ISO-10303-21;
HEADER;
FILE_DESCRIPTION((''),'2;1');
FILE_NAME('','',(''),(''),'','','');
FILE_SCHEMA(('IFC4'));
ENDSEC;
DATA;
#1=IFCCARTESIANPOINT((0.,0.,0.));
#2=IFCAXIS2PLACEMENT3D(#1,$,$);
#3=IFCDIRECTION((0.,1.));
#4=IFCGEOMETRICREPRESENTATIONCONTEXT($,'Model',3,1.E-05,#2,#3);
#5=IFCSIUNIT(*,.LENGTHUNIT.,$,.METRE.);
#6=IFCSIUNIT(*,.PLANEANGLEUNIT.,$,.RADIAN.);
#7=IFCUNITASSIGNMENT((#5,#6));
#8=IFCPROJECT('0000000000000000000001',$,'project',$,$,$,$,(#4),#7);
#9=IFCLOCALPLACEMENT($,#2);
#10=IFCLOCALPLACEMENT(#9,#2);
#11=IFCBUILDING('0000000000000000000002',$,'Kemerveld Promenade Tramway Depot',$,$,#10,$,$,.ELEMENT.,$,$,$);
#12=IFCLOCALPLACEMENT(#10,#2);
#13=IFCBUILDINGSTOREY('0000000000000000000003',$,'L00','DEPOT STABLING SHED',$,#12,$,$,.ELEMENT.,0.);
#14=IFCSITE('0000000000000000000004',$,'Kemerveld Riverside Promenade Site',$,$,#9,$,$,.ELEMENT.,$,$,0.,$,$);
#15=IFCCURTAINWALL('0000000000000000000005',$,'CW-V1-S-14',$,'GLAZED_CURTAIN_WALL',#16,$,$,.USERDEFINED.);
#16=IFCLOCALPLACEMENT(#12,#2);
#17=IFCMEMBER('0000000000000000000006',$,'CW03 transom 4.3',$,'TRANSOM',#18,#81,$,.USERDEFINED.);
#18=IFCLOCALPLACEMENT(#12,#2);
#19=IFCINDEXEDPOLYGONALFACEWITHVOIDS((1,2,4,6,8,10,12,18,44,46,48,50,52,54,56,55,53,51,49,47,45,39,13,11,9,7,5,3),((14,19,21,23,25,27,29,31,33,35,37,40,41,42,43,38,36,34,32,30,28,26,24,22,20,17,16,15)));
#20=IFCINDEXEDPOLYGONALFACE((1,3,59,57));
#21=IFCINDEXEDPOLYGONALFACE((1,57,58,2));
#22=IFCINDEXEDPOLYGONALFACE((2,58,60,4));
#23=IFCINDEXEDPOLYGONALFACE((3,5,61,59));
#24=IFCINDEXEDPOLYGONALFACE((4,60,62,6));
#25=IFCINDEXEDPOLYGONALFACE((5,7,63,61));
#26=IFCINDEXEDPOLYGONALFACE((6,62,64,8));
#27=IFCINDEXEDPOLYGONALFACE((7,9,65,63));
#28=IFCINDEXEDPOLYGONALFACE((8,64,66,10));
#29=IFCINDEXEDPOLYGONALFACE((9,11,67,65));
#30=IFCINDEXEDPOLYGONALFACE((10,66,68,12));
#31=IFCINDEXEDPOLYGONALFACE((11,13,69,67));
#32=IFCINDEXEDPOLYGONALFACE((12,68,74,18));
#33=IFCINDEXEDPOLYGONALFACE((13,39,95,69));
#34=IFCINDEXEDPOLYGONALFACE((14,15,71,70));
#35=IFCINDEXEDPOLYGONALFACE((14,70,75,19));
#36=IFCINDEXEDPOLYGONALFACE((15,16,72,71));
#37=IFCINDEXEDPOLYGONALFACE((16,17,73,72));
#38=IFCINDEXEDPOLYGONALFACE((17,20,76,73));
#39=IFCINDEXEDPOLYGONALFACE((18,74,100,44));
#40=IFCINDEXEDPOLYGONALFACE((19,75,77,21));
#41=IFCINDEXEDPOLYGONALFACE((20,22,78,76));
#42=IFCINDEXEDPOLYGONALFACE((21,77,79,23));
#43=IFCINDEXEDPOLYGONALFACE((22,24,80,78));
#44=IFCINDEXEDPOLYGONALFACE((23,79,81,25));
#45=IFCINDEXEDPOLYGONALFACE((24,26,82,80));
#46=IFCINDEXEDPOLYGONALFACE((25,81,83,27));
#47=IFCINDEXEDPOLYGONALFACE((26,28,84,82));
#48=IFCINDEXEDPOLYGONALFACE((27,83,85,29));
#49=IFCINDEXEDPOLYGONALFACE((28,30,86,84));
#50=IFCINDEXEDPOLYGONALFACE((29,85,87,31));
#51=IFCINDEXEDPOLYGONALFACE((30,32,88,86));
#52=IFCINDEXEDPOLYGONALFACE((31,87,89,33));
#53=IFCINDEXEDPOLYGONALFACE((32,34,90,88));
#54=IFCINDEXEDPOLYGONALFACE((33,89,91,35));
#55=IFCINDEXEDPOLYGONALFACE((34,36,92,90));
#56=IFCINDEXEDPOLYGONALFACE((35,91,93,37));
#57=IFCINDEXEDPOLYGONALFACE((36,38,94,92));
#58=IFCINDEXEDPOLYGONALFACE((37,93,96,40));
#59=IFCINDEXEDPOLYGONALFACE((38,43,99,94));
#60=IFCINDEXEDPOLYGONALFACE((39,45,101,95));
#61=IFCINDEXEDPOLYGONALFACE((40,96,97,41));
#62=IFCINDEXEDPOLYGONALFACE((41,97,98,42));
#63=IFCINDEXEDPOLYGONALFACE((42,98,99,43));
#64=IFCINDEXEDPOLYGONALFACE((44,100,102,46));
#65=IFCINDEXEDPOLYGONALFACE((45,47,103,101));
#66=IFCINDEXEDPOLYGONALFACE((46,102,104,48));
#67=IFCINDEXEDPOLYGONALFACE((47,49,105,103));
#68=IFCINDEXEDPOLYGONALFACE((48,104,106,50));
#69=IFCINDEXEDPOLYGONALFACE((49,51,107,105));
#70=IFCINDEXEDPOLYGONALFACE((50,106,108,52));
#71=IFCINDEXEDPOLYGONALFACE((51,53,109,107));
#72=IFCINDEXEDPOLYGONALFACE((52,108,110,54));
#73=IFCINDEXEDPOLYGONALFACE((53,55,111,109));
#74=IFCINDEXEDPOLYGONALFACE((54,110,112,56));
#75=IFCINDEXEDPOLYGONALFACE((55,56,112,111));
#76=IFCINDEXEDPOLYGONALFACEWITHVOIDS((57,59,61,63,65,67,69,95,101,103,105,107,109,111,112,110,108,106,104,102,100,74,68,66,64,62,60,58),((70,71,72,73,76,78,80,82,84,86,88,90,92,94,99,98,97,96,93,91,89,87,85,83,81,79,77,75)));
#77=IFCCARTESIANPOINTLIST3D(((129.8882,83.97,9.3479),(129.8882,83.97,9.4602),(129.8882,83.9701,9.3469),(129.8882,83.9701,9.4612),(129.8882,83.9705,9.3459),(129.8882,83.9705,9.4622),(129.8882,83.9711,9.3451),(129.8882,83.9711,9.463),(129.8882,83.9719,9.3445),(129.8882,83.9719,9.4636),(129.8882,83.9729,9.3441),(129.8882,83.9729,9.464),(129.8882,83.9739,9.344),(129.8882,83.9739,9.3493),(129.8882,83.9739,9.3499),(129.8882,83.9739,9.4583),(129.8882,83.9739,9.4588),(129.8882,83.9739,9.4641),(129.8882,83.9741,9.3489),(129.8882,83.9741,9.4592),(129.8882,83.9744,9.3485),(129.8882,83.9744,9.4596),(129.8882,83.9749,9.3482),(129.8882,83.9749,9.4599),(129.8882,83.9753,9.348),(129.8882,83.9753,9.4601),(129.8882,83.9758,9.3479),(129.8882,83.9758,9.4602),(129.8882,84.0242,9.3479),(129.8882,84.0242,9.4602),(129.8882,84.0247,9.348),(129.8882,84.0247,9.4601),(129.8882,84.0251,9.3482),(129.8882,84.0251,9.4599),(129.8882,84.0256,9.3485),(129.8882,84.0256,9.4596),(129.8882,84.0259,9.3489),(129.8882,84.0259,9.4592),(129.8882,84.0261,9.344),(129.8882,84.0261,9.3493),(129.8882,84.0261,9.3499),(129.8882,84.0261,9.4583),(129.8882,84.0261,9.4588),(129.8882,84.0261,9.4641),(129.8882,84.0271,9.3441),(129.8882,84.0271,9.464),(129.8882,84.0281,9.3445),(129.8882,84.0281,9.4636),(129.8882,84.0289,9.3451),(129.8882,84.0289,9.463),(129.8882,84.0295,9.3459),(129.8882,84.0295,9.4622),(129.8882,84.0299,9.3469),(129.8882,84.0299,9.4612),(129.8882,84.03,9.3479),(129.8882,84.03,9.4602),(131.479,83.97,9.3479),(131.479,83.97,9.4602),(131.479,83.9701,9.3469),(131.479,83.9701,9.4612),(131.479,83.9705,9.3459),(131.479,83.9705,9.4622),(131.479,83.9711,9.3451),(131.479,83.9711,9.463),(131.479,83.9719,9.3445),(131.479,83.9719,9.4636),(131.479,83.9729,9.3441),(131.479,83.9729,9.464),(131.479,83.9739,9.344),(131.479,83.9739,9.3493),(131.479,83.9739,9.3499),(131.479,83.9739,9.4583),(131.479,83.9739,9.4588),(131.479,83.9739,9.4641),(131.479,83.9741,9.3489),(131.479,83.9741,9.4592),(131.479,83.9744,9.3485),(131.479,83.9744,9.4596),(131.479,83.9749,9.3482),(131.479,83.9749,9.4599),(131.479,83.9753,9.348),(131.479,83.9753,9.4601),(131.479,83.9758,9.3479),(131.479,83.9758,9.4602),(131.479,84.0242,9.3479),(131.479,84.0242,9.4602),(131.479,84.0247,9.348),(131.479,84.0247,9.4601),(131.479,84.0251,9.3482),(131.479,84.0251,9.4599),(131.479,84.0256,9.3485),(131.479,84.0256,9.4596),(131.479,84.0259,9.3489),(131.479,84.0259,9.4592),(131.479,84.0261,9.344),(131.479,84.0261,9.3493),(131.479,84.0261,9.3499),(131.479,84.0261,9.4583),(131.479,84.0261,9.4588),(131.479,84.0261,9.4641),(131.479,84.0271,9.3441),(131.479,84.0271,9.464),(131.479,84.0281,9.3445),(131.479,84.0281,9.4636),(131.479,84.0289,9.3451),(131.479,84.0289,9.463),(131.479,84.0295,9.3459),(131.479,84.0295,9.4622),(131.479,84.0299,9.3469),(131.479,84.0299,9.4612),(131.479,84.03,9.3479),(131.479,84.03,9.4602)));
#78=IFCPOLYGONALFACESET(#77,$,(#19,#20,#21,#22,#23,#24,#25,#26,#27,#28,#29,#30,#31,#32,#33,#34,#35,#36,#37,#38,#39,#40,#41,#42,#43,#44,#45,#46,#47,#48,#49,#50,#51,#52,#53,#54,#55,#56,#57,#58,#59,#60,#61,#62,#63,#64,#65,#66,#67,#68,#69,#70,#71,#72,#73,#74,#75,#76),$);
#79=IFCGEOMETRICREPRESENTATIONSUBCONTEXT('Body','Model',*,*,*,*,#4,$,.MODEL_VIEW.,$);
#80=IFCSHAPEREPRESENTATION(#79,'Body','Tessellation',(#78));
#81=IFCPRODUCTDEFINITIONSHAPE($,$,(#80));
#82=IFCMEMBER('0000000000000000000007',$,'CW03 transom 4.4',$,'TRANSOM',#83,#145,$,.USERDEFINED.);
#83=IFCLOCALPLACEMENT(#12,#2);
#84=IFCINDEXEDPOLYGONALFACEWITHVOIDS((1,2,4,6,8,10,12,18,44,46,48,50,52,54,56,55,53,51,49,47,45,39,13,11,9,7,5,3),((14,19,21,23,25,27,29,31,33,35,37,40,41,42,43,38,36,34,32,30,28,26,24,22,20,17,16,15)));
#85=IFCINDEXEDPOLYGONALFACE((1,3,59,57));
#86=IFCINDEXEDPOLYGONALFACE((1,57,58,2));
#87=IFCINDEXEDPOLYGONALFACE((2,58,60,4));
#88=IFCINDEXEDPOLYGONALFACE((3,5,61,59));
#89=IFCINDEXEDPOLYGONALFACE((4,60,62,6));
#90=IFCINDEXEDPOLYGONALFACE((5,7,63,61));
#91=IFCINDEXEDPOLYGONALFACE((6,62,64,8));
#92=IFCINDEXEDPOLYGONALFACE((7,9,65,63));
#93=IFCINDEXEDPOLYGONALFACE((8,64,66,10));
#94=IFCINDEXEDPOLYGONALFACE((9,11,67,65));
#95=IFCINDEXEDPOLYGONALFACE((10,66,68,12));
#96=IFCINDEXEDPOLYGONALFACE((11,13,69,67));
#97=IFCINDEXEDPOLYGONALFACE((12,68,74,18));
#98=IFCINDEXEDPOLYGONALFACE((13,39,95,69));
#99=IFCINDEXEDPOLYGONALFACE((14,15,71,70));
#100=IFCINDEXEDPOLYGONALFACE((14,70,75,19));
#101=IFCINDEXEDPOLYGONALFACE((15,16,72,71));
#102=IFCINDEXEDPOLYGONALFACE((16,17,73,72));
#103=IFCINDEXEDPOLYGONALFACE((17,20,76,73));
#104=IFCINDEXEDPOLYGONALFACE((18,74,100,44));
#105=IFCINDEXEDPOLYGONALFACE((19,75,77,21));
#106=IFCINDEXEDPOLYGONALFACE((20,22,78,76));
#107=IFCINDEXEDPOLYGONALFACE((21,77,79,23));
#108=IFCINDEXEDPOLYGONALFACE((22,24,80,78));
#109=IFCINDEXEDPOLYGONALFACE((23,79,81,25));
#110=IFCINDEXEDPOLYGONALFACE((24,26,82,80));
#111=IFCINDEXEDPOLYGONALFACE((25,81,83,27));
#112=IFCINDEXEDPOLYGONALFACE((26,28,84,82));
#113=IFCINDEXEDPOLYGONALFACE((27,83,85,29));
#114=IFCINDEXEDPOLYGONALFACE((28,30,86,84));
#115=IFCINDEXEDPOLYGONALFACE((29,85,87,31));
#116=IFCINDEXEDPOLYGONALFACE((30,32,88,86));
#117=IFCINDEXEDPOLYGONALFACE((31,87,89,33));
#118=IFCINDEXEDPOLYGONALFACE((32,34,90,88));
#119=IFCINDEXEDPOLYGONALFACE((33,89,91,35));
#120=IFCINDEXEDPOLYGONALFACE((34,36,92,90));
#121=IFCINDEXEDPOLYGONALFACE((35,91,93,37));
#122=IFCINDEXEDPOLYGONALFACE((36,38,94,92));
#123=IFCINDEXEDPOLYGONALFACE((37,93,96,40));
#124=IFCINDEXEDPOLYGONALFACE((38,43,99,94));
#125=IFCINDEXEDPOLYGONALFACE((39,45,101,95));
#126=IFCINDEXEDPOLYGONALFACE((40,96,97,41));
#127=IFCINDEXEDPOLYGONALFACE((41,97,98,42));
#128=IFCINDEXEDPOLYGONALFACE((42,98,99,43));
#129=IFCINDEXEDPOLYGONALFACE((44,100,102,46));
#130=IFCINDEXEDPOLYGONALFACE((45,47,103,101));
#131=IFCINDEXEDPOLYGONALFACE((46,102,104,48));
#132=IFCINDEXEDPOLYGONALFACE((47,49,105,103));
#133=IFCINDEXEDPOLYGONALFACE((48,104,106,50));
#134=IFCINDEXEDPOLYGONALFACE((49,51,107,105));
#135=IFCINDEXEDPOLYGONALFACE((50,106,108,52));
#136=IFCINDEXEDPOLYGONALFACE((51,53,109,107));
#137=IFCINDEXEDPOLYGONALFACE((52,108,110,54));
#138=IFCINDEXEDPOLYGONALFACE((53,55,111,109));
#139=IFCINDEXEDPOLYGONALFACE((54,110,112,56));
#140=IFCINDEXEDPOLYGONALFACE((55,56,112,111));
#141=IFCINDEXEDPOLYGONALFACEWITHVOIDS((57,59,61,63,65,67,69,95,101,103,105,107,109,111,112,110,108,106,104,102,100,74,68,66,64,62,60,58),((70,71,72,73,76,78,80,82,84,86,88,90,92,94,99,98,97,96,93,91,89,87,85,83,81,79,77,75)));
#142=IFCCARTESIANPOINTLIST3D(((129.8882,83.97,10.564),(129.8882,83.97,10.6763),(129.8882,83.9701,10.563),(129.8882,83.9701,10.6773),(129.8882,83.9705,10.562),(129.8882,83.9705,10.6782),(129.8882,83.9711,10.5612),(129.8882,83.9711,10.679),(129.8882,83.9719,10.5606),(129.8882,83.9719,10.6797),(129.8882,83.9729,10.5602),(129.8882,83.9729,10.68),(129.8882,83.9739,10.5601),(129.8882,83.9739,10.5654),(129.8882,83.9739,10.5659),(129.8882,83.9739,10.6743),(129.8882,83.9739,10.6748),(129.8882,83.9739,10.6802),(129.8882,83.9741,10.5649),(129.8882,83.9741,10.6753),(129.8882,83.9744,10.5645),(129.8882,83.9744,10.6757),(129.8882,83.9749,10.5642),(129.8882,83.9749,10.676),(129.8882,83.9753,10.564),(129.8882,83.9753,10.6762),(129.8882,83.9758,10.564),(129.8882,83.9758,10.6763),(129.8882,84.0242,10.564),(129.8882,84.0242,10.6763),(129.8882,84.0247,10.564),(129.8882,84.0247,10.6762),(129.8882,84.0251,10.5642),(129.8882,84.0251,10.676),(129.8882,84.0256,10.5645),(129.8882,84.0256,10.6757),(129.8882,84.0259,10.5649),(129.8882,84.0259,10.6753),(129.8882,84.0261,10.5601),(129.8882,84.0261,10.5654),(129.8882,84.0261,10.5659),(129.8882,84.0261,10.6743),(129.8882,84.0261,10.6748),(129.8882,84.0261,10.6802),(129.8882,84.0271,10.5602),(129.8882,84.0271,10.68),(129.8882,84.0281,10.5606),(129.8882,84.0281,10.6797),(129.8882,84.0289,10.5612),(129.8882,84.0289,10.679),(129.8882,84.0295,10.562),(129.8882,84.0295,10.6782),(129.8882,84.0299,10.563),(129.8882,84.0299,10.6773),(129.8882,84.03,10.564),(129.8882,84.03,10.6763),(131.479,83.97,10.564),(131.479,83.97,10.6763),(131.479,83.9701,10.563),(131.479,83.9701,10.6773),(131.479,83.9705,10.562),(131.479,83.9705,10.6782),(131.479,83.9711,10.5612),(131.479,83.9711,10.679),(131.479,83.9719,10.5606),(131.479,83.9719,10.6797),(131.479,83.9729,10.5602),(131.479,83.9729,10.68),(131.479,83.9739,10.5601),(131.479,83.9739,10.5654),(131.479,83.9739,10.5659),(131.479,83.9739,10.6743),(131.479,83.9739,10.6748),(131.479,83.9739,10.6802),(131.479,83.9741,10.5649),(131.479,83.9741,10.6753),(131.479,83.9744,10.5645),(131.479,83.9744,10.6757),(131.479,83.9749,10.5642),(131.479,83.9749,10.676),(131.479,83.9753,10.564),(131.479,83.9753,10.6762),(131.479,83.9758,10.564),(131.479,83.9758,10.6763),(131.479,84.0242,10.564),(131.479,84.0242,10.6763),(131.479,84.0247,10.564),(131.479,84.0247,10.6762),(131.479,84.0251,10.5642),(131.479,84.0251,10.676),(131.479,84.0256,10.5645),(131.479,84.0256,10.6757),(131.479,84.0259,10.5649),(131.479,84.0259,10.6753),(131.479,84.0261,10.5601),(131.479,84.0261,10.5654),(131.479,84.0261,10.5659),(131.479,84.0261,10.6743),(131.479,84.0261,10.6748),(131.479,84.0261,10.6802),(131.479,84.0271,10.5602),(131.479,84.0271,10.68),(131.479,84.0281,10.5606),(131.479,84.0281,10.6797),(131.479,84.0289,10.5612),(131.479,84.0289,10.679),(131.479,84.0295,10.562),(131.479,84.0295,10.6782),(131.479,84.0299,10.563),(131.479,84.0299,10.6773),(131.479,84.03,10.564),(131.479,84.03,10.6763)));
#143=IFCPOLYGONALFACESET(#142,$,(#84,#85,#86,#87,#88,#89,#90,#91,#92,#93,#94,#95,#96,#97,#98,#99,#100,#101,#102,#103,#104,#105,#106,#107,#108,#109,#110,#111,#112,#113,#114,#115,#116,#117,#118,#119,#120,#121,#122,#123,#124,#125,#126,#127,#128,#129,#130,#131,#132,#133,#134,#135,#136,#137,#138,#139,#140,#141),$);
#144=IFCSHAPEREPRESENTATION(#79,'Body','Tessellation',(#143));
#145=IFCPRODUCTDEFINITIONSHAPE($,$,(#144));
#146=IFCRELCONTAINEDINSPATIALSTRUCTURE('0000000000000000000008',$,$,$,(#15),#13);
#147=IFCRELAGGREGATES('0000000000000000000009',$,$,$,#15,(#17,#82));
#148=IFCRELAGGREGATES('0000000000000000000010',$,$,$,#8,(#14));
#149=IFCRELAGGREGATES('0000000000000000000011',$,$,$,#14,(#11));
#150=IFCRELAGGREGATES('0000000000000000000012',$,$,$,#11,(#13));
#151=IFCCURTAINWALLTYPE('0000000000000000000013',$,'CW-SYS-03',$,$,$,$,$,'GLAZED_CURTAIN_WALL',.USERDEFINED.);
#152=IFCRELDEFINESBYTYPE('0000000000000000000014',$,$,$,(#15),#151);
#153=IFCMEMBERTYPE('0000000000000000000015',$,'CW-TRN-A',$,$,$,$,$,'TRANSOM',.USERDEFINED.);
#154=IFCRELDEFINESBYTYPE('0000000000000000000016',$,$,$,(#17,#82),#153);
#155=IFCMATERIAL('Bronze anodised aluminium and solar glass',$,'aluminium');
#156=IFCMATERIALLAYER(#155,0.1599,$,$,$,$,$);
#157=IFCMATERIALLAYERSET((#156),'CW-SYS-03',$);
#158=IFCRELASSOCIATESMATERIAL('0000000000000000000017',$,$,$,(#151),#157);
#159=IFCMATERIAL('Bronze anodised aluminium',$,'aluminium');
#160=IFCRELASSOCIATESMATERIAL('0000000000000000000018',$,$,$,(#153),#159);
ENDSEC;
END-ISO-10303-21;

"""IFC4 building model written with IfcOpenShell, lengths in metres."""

from ifc_helpers import new_model, si_unit, direction, frame, origin, origin_2d, place, context, subcontext, project, spatial, hollow_rectangle, extrude, material, layer, layer_set, material_profile, profile_set, type_object, element, aggregate, save


model = new_model("IFC4")

# Units and contexts
model_context = context("Model", 3, precision=1e-05, world=origin(), true_north=direction((0.0, 1.0)))
body_context = subcontext(model_context, "Body", "Model", "MODEL_VIEW")
ifc_project = project(units=[si_unit("LENGTHUNIT", "METRE"), si_unit("PLANEANGLEUNIT", "RADIAN")], contexts=[model_context])

# Site, building, storey
site_placement = place(None, origin())
site = spatial("IfcSite", under=ifc_project, at=site_placement, Name="Kemerveld Riverside Promenade Site", CompositionType="ELEMENT", RefElevation=0.0)
building_placement = place(site_placement, origin())
building = spatial("IfcBuilding", under=site, at=building_placement, Name="Kemerveld Promenade Tramway Depot", CompositionType="ELEMENT")
storey_placement = place(building_placement, origin())
storey = spatial("IfcBuildingStorey", under=building, at=storey_placement, Name="L00", Description="DEPOT STABLING SHED", CompositionType="ELEMENT", Elevation=0.0)

# Curtain wall, members
ifc_material_1 = material(Name="Bronze anodised aluminium and solar glass", Category="aluminium")
ifc_layer_1 = layer(ifc_material_1, 0.1599)
ifc_layer_set_1 = layer_set([ifc_layer_1], Name="CW-SYS-03")
curtain_wall_type_1 = type_object("IfcCurtainWallType", Name="CW-SYS-03", ElementType="GLAZED_CURTAIN_WALL", PredefinedType="USERDEFINED", material=ifc_layer_set_1)
curtain_wall_1_placement = place(storey_placement, origin())
curtain_wall_1 = element("IfcCurtainWall", 1, at=curtain_wall_1_placement, inside=storey, type_object=curtain_wall_type_1, Name="CW-V1-S-14", ObjectType="GLAZED_CURTAIN_WALL", PredefinedType="USERDEFINED")
ifc_material_2 = material(Name="Bronze anodised aluminium", Category="aluminium")
ifc_material_profile_1 = material_profile(ifc_material_2, hollow_rectangle(XDim=0.0601, YDim=0.1201, WallThickness=0.0039, InnerFilletRadius=0.002, OuterFilletRadius=0.0039, at=origin_2d()), Name="CW-TRN-120x60")
ifc_profile_set_1 = profile_set([ifc_material_profile_1], Name="Bronze anodised aluminium")
member_type_1 = type_object("IfcMemberType", Name="CW-TRN-A", ElementType="TRANSOM", PredefinedType="USERDEFINED", material=ifc_profile_set_1)
member_1_placement = place(storey_placement, frame((131.479, 84.0, 9.4041), z_axis=(-1.0, 0.0, 0.0), x_axis=(0.0, -1.0, 0.0)))
member_1 = element("IfcMember", 2, at=member_1_placement, type_object=member_type_1, Name="CW03 transom 4.3", ObjectType="TRANSOM", PredefinedType="USERDEFINED", context=body_context, shape_type="SweptSolid", body=[
    extrude(hollow_rectangle(XDim=0.0601, YDim=0.1201, WallThickness=0.0039, InnerFilletRadius=0.002, OuterFilletRadius=0.0039, at=origin_2d()), origin(), (0.0, 0.0, 1.0), 1.5908),
])
member_2_placement = place(storey_placement, frame((131.479, 84.0, 10.6201), z_axis=(-1.0, 0.0, 0.0), x_axis=(0.0, -1.0, 0.0)))
member_2 = element("IfcMember", 3, at=member_2_placement, type_object=member_type_1, Name="CW03 transom 4.4", ObjectType="TRANSOM", PredefinedType="USERDEFINED", context=body_context, shape_type="SweptSolid", body=[
    extrude(hollow_rectangle(XDim=0.0601, YDim=0.1201, WallThickness=0.0039, InnerFilletRadius=0.002, OuterFilletRadius=0.0039, at=origin_2d()), origin(), (0.0, 0.0, 1.0), 1.5908),
])

aggregate(curtain_wall_1, [member_1, member_2])

save(model, "model.ifc")
